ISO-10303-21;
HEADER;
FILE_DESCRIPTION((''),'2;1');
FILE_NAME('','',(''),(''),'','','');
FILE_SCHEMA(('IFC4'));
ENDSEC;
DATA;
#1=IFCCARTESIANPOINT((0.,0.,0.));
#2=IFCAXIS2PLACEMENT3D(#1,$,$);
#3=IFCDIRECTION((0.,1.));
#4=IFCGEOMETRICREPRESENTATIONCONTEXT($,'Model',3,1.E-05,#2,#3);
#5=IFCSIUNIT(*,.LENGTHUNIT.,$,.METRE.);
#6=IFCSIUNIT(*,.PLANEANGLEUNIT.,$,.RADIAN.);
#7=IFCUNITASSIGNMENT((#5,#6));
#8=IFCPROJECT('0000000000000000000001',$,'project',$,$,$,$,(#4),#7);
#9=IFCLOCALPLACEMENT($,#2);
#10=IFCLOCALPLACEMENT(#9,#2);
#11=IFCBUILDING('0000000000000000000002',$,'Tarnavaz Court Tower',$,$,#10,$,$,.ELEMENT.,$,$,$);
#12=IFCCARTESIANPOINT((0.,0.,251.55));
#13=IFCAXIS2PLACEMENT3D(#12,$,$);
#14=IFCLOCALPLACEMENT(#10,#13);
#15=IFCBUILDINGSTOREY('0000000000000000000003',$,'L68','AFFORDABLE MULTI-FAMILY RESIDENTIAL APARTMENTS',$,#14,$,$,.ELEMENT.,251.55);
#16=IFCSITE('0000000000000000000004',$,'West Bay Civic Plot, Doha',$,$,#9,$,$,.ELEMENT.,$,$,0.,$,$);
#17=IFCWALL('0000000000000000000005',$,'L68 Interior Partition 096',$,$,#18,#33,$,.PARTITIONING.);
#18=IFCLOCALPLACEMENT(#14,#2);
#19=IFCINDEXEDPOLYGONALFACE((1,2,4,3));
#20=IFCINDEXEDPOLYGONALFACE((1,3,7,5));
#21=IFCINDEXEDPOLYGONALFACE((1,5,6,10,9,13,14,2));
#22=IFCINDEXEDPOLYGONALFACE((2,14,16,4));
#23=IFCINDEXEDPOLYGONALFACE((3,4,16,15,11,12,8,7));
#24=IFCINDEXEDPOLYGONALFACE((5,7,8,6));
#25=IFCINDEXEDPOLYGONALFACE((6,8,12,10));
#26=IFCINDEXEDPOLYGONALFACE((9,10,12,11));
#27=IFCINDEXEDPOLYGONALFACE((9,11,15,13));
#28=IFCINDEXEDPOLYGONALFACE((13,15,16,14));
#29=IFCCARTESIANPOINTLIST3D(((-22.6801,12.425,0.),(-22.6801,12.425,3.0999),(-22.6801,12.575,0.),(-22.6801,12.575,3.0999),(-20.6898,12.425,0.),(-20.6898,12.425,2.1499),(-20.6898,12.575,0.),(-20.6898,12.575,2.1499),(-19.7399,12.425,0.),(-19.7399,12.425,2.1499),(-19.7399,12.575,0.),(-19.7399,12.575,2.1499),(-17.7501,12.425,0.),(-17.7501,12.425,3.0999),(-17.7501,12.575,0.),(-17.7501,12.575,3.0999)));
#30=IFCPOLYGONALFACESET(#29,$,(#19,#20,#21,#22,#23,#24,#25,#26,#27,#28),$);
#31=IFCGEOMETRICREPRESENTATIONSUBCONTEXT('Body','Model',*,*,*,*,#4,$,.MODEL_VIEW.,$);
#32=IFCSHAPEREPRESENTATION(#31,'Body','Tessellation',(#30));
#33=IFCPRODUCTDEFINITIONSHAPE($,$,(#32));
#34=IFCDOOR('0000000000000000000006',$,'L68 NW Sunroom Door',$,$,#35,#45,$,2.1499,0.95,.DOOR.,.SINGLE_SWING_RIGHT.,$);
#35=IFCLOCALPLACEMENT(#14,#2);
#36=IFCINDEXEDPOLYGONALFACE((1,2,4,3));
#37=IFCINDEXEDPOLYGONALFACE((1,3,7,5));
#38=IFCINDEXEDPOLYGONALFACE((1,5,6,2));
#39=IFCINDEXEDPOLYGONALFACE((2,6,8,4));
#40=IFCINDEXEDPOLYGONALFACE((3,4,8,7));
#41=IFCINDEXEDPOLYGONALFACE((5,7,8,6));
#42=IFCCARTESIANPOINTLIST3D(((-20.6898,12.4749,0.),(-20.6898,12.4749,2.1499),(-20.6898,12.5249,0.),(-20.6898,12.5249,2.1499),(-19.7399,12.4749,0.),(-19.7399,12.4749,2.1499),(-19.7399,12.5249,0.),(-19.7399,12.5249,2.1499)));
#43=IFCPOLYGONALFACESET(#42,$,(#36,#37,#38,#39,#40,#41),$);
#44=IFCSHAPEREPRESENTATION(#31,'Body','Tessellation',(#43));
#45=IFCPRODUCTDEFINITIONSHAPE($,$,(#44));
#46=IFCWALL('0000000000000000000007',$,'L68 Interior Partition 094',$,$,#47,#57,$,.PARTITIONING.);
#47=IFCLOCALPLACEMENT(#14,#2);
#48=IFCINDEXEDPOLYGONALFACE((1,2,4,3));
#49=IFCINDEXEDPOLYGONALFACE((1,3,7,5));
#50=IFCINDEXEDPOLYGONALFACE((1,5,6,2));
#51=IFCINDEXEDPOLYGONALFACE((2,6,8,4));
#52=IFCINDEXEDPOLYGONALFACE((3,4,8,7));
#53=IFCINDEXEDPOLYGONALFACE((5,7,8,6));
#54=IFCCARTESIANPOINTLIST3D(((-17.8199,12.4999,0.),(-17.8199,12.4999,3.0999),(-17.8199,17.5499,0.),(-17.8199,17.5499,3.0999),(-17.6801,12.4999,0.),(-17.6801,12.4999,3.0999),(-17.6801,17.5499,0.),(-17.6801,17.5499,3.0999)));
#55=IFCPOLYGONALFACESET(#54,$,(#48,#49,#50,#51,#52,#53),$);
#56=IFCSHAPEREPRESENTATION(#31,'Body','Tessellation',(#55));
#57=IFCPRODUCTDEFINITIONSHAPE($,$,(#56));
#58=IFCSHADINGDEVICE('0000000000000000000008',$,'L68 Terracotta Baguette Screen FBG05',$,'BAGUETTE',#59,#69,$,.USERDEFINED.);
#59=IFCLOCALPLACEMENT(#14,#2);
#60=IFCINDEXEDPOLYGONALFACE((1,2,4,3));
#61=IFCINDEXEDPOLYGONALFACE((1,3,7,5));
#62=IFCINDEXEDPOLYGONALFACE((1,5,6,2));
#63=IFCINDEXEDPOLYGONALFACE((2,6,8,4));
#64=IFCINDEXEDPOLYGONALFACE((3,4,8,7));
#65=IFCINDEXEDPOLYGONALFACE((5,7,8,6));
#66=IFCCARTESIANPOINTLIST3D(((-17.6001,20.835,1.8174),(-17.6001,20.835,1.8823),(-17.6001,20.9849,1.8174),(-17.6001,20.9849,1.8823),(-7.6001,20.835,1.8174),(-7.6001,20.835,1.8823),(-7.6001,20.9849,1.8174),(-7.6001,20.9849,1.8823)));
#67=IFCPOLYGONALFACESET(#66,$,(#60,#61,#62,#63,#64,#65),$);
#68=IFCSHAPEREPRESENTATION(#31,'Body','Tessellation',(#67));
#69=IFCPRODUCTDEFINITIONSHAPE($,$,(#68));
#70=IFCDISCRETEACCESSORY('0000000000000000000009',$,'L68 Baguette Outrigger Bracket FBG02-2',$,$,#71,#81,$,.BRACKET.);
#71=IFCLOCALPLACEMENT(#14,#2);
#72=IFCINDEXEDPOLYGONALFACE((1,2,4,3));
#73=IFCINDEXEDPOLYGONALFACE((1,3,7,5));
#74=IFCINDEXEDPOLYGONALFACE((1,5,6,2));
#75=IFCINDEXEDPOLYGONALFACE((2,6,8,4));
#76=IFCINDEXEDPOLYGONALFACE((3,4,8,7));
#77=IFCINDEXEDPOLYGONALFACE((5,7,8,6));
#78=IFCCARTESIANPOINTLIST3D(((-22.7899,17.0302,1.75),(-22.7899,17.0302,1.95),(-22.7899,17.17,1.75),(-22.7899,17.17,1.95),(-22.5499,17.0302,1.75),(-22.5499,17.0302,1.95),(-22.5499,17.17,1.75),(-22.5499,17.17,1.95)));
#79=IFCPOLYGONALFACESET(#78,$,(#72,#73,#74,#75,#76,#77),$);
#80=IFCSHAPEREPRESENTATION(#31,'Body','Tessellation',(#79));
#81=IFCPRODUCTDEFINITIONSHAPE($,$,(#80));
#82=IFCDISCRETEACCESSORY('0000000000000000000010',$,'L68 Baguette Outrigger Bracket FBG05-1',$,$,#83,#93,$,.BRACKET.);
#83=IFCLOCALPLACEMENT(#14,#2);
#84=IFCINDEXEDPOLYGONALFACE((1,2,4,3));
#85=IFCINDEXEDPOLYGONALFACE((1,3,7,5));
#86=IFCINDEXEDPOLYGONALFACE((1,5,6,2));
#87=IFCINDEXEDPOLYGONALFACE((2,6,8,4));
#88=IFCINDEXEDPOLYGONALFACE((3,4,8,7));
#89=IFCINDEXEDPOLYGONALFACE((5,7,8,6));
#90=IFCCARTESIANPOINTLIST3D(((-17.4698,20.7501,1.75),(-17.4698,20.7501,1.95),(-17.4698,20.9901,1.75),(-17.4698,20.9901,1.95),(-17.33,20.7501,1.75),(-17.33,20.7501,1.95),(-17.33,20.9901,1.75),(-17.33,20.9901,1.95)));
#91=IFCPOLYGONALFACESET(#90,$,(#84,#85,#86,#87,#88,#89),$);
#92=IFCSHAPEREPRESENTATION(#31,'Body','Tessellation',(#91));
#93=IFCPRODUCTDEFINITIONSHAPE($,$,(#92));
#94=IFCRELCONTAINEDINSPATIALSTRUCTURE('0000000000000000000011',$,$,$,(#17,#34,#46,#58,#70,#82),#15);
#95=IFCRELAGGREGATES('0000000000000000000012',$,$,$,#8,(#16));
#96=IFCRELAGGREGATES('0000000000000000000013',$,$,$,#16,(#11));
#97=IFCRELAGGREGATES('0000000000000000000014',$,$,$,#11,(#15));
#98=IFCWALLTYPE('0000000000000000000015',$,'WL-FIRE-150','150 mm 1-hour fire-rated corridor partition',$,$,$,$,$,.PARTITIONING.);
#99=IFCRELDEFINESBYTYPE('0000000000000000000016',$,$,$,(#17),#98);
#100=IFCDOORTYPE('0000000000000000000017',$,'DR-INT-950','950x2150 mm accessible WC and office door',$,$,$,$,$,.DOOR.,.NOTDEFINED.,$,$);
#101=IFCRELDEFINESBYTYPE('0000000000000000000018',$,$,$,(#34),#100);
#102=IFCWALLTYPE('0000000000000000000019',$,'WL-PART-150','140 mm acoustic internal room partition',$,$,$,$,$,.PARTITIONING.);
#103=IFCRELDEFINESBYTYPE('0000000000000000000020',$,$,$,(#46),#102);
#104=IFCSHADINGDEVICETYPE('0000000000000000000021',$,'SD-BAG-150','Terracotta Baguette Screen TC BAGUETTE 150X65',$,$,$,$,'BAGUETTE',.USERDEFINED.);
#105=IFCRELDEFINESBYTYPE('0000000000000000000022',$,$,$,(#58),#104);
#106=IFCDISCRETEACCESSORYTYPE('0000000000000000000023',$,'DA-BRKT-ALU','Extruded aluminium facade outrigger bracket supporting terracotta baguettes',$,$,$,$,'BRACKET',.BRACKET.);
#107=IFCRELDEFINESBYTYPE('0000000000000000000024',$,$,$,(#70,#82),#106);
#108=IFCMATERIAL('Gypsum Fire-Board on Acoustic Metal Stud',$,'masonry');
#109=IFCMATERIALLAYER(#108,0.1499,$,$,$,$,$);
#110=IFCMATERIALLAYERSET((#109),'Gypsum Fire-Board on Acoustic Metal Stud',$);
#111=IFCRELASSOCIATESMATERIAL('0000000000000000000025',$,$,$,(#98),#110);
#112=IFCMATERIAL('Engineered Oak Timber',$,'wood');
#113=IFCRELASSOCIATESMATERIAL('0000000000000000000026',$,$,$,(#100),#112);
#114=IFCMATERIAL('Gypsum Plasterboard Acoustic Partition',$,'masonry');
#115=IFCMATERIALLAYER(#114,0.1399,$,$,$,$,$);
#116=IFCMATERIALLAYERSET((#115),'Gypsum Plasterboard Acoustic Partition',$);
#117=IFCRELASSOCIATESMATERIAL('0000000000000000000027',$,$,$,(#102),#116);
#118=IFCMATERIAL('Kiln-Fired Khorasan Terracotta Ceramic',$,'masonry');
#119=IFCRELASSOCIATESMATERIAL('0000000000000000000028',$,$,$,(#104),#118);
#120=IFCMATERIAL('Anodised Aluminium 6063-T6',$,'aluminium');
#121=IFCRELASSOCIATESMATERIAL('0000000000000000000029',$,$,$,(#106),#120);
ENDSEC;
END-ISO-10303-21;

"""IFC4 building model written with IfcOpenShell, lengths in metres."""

from ifc_helpers import new_model, si_unit, direction, frame, frame_2d, origin, origin_2d, place, context, subcontext, project, spatial, rectangle, extrude, material, layer, layer_set, material_profile, profile_set, type_object, element, fill, save


model = new_model("IFC4")

# Units and contexts
model_context = context("Model", 3, precision=1e-05, world=origin(), true_north=direction((0.0, 1.0)))
body_context = subcontext(model_context, "Body", "Model", "MODEL_VIEW")
ifc_project = project(units=[si_unit("LENGTHUNIT", "METRE"), si_unit("PLANEANGLEUNIT", "RADIAN")], contexts=[model_context])

# Site, building, storey
site_placement = place(None, origin())
site = spatial("IfcSite", under=ifc_project, at=site_placement, Name="West Bay Civic Plot, Doha", CompositionType="ELEMENT", RefElevation=0.0)
building_placement = place(site_placement, origin())
building = spatial("IfcBuilding", under=site, at=building_placement, Name="Tarnavaz Court Tower", CompositionType="ELEMENT")
storey_placement = place(building_placement, frame((0.0, 0.0, 251.55)))
storey = spatial("IfcBuildingStorey", under=building, at=storey_placement, Name="L68", Description="AFFORDABLE MULTI-FAMILY RESIDENTIAL APARTMENTS", CompositionType="ELEMENT", Elevation=251.55)

# Shared definitions
ifc_material_1 = material(Name="Gypsum Fire-Board on Acoustic Metal Stud", Category="masonry")
ifc_layer_1 = layer(ifc_material_1, 0.1499)
ifc_layer_set_1 = layer_set([ifc_layer_1], Name="Gypsum Fire-Board on Acoustic Metal Stud")
wall_type_1 = type_object("IfcWallType", Name="WL-FIRE-150", Description="150 mm 1-hour fire-rated corridor partition", PredefinedType="PARTITIONING", material=ifc_layer_set_1)

# Wall, opening, door
wall_1_placement = place(storey_placement, frame((-22.6799, 12.5, 0.0), z_axis=(0.0, 0.0, 1.0), x_axis=(1.0, 0.0, 0.0)))
wall_1 = element("IfcWall", 1, at=wall_1_placement, inside=storey, type_object=wall_type_1, Name="L68 Interior Partition 096", PredefinedType="PARTITIONING", context=body_context, shape_type="SweptSolid", body=[
    extrude(rectangle(XDim=4.9299, YDim=0.1499, at=frame_2d((2.4648, 0.0))), origin(), (0.0, 0.0, 1.0), 3.0999),
])
opening_1_placement = place(wall_1_placement, frame((1.99, 0.0, 0.0)))
opening_1 = element("IfcOpeningElement", 2, at=opening_1_placement, cuts=wall_1, PredefinedType="OPENING", context=body_context, shape_type="SweptSolid", body=[
    extrude(rectangle(XDim=0.95, YDim=2.1499, at=frame_2d((0.4751, 1.075))), frame((0.0, 0.085, 0.0), z_axis=(0.0, -1.0, 0.0), x_axis=(1.0, 0.0, 0.0)), (0.0, 0.0, 1.0), 0.1699),
])
ifc_material_2 = material(Name="Engineered Oak Timber", Category="wood")
door_type_1 = type_object("IfcDoorType", Name="DR-INT-950", Description="950x2150 mm accessible WC and office door", OperationType="NOTDEFINED", PredefinedType="DOOR", material=ifc_material_2)
door_1_placement = place(opening_1_placement, origin())
door_1 = element("IfcDoor", 3, at=door_1_placement, inside=storey, type_object=door_type_1, Name="L68 NW Sunroom Door", OperationType="SINGLE_SWING_RIGHT", OverallHeight=2.1499, OverallWidth=0.95, PredefinedType="DOOR", context=body_context, shape_type="SweptSolid", body=[
    extrude(rectangle(XDim=0.95, YDim=2.1499, at=frame_2d((0.4751, 1.075))), frame((0.0, 0.0249, 0.0), z_axis=(0.0, -1.0, 0.0), x_axis=(1.0, 0.0, 0.0)), (0.0, 0.0, 1.0), 0.05),
])
fill(opening_1, door_1)

# Wall
ifc_material_3 = material(Name="Gypsum Plasterboard Acoustic Partition", Category="masonry")
ifc_layer_2 = layer(ifc_material_3, 0.1399)
ifc_layer_set_2 = layer_set([ifc_layer_2], Name="Gypsum Plasterboard Acoustic Partition")
wall_type_2 = type_object("IfcWallType", Name="WL-PART-150", Description="140 mm acoustic internal room partition", PredefinedType="PARTITIONING", material=ifc_layer_set_2)
wall_2_placement = place(storey_placement, frame((-17.75, 12.5, 0.0), z_axis=(0.0, 0.0, 1.0), x_axis=(0.0, 1.0, 0.0)))
element("IfcWall", 4, at=wall_2_placement, inside=storey, type_object=wall_type_2, Name="L68 Interior Partition 094", PredefinedType="PARTITIONING", context=body_context, shape_type="SweptSolid", body=[
    extrude(rectangle(XDim=5.05, YDim=0.1399, at=frame_2d((2.5249, 0.0))), origin(), (0.0, 0.0, 1.0), 3.0999),
])

# Shading device
ifc_material_4 = material(Name="Kiln-Fired Khorasan Terracotta Ceramic", Category="masonry")
ifc_material_profile_1 = material_profile(ifc_material_4, rectangle(XDim=0.1499, YDim=0.0649, at=origin_2d()), Name="TC BAGUETTE 150X65")
ifc_profile_set_1 = profile_set([ifc_material_profile_1], Name="Kiln-Fired Khorasan Terracotta Ceramic")
shading_device_type = type_object("IfcShadingDeviceType", Name="SD-BAG-150", Description="Terracotta Baguette Screen TC BAGUETTE 150X65", ElementType="BAGUETTE", PredefinedType="USERDEFINED", material=ifc_profile_set_1)
shading_device_placement = place(storey_placement, frame((-17.6001, 20.9099, 1.8499), z_axis=(1.0, 0.0, 0.0), x_axis=(0.0, 1.0, 0.0)))
element("IfcShadingDevice", 5, at=shading_device_placement, inside=storey, type_object=shading_device_type, Name="L68 Terracotta Baguette Screen FBG05", ObjectType="BAGUETTE", PredefinedType="USERDEFINED", context=body_context, shape_type="SweptSolid", body=[
    extrude(rectangle(XDim=0.1499, YDim=0.0649, at=origin_2d()), origin(), (0.0, 0.0, 1.0), 10.0),
])

# Discrete accessories
ifc_material_5 = material(Name="Anodised Aluminium 6063-T6", Category="aluminium")
discrete_accessory_type = type_object("IfcDiscreteAccessoryType", Name="DA-BRKT-ALU", Description="Extruded aluminium facade outrigger bracket supporting terracotta baguettes", ElementType="BRACKET", PredefinedType="BRACKET", material=ifc_material_5)
for number, where, z_axis, x_axis, name in (
    (6, (-22.6699, 17.1001, 1.75), (0.0, 0.0, 1.0), (0.0, 1.0, 0.0), "L68 Baguette Outrigger Bracket FBG02-2"),
    (7, (-17.3999, 20.8701, 1.75), (0.0, 0.0, 1.0), (1.0, 0.0, 0.0), "L68 Baguette Outrigger Bracket FBG05-1"),
):
    element("IfcDiscreteAccessory", number, at=place(storey_placement, frame(where, z_axis=z_axis, x_axis=x_axis)), inside=storey, type_object=discrete_accessory_type, Name=name, PredefinedType="BRACKET", context=body_context, shape_type="SweptSolid", body=[
        extrude(rectangle(XDim=0.1399, YDim=0.24, at=origin_2d()), origin(), (0.0, 0.0, 1.0), 0.2),
    ])

save(model, "model.ifc")
